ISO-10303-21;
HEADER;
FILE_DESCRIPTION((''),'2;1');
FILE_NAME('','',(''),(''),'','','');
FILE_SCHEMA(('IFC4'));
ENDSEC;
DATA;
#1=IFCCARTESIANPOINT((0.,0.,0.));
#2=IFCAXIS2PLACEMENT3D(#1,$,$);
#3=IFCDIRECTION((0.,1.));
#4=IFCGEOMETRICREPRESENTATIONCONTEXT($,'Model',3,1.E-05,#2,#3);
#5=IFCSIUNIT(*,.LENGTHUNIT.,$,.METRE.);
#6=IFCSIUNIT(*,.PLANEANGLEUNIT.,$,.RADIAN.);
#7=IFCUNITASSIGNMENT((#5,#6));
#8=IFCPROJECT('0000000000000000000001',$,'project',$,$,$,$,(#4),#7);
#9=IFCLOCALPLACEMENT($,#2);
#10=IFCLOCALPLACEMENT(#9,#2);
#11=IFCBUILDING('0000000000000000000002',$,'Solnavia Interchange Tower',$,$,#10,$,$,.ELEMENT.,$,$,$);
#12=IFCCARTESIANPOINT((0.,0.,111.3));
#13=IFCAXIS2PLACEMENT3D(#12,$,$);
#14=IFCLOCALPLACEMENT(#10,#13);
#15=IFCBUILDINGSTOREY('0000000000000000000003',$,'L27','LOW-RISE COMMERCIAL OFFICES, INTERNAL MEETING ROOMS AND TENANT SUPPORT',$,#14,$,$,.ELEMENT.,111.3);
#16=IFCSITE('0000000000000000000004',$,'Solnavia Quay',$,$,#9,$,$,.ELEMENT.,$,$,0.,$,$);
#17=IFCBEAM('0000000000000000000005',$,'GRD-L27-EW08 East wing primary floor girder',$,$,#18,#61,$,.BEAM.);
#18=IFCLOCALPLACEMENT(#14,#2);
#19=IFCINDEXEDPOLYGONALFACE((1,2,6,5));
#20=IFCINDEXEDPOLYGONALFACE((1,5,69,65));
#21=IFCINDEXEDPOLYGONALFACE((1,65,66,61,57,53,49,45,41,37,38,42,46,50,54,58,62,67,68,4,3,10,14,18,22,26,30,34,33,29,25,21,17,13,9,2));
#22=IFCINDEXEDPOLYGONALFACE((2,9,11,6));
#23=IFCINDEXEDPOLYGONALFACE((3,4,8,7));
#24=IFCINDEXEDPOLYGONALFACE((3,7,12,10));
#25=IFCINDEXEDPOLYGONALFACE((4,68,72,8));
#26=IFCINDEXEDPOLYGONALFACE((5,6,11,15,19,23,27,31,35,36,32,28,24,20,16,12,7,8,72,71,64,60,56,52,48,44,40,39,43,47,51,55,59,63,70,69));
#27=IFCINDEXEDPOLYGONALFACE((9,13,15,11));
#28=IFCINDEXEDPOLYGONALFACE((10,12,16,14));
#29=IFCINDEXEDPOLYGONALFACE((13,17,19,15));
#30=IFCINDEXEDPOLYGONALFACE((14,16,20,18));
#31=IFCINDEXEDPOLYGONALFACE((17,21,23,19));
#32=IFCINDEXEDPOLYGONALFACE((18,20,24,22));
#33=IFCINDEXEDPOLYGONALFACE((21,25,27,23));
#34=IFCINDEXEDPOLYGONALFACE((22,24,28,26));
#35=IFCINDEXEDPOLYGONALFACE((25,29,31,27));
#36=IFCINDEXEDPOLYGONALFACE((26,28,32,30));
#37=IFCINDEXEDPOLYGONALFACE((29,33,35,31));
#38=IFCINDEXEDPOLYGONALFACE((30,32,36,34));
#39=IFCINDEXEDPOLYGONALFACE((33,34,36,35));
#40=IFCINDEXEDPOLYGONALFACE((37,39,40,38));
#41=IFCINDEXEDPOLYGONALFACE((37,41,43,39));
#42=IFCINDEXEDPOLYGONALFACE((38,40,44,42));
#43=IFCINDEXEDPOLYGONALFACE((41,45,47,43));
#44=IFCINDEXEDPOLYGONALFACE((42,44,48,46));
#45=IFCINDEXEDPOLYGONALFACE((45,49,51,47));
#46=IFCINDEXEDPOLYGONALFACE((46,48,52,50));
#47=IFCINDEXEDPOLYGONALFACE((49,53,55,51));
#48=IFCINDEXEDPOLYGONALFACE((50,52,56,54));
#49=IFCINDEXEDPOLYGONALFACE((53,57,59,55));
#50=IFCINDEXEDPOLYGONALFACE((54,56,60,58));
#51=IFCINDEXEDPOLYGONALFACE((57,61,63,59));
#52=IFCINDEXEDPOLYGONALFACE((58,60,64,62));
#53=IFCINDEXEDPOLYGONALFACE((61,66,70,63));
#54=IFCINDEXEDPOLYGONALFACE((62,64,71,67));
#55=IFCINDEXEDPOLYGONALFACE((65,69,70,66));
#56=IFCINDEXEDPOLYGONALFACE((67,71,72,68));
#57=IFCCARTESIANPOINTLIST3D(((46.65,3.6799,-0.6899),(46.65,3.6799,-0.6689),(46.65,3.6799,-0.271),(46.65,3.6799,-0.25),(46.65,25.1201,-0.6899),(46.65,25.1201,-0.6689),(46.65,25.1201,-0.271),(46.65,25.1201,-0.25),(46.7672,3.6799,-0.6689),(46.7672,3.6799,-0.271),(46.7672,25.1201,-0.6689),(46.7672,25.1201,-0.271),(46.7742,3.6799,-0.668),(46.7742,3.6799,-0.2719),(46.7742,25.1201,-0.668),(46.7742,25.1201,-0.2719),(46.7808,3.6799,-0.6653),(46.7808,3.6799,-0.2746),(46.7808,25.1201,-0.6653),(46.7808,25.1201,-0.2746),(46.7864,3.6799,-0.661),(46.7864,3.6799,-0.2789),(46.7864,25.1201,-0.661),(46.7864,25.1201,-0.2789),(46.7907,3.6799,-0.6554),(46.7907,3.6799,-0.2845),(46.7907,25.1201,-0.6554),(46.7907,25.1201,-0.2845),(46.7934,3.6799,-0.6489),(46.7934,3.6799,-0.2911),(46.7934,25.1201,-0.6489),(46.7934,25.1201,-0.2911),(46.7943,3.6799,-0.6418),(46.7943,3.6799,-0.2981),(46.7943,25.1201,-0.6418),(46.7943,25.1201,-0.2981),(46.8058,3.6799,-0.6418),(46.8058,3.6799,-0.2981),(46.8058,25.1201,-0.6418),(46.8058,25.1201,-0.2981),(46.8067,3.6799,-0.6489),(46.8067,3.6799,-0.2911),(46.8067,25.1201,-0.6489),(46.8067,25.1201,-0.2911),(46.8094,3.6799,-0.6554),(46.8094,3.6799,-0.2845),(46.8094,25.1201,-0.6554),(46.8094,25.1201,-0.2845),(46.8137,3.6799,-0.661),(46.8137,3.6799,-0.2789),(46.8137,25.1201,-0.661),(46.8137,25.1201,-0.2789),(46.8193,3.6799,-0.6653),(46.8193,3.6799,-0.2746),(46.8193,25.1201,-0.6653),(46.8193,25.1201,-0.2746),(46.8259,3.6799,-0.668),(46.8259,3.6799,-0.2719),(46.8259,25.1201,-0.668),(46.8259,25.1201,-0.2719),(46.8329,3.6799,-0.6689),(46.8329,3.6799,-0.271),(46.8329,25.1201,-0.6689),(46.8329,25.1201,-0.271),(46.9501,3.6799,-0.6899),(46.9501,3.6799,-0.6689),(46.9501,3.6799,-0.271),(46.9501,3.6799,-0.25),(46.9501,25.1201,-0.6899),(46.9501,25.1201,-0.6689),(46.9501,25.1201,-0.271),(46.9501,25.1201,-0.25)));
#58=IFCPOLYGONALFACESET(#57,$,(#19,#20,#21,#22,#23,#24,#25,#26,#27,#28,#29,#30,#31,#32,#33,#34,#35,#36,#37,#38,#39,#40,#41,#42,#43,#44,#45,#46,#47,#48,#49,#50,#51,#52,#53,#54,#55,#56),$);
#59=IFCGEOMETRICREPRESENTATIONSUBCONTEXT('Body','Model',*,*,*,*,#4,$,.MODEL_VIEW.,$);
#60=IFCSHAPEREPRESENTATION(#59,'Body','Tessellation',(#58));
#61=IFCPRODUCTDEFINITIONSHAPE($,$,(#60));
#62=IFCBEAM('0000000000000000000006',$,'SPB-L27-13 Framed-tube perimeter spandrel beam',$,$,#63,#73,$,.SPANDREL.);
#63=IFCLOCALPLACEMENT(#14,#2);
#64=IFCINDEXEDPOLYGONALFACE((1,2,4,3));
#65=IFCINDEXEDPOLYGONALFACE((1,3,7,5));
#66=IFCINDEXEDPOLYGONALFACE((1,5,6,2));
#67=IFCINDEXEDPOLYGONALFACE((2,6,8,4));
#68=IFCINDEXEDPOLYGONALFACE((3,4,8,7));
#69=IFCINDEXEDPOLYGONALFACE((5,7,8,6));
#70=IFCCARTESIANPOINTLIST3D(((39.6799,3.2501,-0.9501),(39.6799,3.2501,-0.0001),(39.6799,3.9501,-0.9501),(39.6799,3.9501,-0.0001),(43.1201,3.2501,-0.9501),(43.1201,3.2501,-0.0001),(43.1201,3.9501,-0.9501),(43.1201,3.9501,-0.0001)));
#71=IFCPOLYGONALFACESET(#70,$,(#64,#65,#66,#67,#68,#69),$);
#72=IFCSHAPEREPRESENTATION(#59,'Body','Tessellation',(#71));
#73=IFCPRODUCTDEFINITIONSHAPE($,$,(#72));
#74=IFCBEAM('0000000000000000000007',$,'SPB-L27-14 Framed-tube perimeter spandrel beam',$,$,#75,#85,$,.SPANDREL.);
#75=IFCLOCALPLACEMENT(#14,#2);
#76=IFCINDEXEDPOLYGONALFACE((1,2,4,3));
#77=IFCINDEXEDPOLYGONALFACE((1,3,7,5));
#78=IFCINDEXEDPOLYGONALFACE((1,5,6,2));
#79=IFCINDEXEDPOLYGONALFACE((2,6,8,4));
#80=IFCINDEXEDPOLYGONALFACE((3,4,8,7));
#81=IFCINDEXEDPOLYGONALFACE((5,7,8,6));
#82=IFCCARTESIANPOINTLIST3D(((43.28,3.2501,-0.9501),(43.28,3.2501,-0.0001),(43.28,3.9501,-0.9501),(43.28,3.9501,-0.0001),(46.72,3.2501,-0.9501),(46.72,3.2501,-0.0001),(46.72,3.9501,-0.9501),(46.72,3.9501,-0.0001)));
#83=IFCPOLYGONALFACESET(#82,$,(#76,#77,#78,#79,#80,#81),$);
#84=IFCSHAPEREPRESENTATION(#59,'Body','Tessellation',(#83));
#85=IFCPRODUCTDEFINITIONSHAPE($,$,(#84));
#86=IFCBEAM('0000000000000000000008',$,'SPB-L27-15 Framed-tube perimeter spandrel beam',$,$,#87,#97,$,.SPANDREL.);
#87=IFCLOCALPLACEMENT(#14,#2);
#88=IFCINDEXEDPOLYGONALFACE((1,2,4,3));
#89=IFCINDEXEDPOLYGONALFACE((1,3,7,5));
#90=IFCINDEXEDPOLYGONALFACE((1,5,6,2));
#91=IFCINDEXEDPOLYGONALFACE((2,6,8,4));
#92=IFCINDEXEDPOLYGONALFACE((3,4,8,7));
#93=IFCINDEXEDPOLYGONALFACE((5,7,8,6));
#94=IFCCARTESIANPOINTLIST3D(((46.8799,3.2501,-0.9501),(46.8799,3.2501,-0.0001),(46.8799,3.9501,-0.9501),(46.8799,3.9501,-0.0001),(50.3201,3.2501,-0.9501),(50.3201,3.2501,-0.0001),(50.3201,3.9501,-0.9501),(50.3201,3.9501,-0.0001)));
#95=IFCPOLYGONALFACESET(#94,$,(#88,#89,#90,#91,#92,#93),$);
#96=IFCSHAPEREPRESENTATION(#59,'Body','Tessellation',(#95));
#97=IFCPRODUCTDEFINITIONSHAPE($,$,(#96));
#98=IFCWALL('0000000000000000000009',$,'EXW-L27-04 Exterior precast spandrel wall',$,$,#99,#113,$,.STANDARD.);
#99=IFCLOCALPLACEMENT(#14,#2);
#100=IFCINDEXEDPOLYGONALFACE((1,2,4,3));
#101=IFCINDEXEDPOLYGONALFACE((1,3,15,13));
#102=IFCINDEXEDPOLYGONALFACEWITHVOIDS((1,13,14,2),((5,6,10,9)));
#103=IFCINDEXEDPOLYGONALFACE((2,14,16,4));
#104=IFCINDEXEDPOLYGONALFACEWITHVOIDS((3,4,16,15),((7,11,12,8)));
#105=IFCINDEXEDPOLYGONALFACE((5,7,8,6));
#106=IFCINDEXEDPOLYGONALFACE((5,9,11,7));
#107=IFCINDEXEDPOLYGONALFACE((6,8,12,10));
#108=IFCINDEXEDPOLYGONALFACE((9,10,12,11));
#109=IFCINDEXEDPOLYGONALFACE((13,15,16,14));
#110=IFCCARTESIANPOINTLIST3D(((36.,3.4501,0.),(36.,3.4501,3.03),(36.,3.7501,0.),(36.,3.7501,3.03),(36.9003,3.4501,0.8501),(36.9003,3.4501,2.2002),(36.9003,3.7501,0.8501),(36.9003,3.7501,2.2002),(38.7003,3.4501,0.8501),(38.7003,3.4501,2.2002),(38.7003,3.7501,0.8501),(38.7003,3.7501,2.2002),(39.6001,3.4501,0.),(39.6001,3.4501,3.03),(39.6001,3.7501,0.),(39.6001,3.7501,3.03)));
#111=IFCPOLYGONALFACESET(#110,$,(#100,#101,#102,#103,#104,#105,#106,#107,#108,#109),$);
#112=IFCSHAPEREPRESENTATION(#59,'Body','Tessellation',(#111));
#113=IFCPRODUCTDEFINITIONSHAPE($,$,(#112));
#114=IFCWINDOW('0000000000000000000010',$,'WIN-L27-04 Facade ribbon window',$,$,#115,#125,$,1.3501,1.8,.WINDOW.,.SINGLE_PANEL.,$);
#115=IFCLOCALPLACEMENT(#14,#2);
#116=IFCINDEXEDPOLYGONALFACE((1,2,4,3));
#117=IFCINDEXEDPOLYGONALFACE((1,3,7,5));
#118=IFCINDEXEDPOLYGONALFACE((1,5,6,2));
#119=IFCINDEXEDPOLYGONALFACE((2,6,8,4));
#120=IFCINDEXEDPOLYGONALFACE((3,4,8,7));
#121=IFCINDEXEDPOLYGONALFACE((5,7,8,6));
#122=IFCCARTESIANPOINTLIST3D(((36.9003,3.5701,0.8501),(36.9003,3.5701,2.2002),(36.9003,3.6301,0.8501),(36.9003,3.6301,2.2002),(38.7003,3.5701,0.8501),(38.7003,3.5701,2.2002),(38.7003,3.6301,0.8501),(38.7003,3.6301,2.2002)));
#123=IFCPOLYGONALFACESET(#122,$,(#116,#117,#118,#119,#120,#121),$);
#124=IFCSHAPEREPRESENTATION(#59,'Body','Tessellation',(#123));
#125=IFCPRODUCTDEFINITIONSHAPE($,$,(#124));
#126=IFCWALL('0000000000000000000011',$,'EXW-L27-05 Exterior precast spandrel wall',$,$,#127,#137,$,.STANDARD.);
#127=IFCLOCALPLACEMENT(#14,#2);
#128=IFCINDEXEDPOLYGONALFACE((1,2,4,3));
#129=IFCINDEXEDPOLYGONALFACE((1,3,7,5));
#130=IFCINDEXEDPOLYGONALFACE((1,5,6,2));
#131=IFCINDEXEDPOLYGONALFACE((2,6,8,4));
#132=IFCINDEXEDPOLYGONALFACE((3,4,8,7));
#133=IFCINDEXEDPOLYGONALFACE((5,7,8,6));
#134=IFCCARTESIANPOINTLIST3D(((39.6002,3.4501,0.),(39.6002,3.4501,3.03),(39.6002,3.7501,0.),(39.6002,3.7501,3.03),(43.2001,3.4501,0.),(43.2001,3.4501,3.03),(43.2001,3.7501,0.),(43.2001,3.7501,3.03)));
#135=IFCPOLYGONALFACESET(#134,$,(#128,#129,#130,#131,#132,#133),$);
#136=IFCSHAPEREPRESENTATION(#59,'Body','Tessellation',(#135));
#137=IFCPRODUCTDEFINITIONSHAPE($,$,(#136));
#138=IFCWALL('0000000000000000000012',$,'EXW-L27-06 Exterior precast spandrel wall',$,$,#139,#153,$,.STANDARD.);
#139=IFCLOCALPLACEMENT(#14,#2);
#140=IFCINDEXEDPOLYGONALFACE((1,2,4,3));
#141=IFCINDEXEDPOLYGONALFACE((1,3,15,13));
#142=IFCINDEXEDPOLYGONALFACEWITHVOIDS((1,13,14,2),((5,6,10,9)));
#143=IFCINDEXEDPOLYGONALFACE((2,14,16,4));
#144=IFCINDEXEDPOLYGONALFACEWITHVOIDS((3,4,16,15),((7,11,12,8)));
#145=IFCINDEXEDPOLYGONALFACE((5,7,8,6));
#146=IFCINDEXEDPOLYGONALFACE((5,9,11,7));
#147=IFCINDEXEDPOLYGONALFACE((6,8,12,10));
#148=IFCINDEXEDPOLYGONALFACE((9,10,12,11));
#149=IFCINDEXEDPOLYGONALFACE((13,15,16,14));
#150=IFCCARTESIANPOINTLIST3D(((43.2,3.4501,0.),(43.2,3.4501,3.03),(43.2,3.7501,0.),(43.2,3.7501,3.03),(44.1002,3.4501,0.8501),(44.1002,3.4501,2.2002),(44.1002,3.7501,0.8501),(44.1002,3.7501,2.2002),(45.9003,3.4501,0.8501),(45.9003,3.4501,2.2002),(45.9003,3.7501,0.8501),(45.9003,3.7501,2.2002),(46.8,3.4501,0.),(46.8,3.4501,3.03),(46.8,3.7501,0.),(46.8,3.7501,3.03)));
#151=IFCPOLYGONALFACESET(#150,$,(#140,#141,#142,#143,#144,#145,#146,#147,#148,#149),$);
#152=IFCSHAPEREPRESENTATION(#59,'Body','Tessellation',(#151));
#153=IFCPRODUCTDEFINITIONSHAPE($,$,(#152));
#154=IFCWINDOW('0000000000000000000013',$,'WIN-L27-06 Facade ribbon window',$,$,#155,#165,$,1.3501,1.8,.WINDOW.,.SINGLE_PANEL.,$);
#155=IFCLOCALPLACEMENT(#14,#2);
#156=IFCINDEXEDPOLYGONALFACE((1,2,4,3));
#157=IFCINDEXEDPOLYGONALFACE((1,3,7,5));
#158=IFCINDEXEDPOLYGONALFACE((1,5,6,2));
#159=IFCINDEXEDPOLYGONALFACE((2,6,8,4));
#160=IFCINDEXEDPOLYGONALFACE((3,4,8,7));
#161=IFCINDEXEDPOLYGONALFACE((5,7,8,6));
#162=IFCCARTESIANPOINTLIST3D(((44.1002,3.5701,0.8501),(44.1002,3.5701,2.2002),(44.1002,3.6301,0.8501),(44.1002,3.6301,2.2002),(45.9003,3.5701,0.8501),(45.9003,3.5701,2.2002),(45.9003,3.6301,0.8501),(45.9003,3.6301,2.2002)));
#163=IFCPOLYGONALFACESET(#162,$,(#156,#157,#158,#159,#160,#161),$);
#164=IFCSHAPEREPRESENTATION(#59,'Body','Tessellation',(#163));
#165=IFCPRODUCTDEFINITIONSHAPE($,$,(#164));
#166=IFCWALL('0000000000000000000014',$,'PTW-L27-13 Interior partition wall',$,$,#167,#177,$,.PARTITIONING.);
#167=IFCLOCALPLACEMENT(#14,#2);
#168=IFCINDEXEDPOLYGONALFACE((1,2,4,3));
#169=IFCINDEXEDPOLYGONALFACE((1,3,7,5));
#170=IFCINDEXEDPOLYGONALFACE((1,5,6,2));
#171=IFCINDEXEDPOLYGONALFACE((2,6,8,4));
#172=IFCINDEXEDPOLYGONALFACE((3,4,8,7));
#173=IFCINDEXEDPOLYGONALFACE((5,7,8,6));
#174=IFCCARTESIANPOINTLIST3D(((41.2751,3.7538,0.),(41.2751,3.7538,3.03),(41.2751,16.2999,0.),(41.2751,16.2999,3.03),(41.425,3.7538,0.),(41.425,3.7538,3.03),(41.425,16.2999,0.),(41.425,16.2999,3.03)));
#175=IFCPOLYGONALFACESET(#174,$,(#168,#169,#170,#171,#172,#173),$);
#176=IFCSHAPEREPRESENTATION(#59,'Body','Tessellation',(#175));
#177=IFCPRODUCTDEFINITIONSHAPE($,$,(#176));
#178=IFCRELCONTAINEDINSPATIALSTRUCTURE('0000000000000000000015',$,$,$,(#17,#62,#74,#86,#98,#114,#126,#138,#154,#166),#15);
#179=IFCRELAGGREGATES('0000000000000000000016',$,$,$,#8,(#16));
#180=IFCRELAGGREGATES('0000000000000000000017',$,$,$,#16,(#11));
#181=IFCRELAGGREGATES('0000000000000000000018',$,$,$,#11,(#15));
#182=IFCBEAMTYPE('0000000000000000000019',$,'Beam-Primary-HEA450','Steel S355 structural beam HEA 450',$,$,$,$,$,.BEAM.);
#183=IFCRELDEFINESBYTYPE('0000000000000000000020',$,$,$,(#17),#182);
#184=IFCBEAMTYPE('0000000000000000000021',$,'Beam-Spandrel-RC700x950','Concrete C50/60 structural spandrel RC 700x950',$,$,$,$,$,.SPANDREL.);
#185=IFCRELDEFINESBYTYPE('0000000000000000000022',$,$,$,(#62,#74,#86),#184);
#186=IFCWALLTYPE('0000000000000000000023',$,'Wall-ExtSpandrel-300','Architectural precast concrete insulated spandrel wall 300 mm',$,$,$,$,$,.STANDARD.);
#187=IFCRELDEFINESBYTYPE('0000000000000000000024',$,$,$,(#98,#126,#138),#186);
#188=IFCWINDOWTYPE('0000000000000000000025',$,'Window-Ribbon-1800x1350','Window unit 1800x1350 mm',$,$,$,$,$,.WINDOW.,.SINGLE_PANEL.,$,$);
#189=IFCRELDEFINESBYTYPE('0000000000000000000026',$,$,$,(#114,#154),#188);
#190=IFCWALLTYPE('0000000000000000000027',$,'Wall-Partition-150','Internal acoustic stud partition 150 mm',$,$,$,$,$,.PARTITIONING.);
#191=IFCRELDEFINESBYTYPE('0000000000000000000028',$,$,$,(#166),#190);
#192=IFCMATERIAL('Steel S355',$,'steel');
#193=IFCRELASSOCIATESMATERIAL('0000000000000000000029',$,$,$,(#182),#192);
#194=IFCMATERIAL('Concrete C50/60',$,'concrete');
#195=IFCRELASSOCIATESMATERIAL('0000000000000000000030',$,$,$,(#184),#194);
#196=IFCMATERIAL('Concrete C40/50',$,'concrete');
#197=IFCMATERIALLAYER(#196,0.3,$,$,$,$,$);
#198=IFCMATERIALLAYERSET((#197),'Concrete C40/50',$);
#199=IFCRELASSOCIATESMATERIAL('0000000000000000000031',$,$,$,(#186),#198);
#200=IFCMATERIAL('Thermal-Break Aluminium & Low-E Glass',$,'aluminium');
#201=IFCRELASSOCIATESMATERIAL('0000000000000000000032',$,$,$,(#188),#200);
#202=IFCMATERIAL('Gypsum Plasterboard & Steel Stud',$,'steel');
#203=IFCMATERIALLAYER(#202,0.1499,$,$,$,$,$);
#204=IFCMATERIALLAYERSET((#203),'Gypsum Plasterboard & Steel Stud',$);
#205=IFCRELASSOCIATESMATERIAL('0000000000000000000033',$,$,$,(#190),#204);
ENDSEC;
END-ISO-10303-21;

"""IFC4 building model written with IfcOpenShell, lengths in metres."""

from ifc_helpers import new_model, si_unit, direction, frame, frame_2d, origin, origin_2d, place, context, subcontext, project, spatial, rectangle, i_section, extrude, material, layer, layer_set, material_profile, profile_set, type_object, element, fill, save


model = new_model("IFC4")

# Units and contexts
model_context = context("Model", 3, precision=1e-05, world=origin(), true_north=direction((0.0, 1.0)))
body_context = subcontext(model_context, "Body", "Model", "MODEL_VIEW")
ifc_project = project(units=[si_unit("LENGTHUNIT", "METRE"), si_unit("PLANEANGLEUNIT", "RADIAN")], contexts=[model_context])

# Site, building, storey
site_placement = place(None, origin())
site = spatial("IfcSite", under=ifc_project, at=site_placement, Name="Solnavia Quay", CompositionType="ELEMENT", RefElevation=0.0)
building_placement = place(site_placement, origin())
building = spatial("IfcBuilding", under=site, at=building_placement, Name="Solnavia Interchange Tower", CompositionType="ELEMENT")
storey_placement = place(building_placement, frame((0.0, 0.0, 111.3)))
storey = spatial("IfcBuildingStorey", under=building, at=storey_placement, Name="L27", Description="LOW-RISE COMMERCIAL OFFICES, INTERNAL MEETING ROOMS AND TENANT SUPPORT", CompositionType="ELEMENT", Elevation=111.3)

# Shared definitions
ifc_material_1 = material(Name="Concrete C50/60", Category="concrete")
ifc_material_2 = material(Name="Steel S355", Category="steel")

# Beams
ifc_material_profile_1 = material_profile(ifc_material_2, i_section(OverallWidth=0.3, OverallDepth=0.4399, WebThickness=0.0115, FlangeThickness=0.021, FilletRadius=0.0271, at=origin_2d()), Name="HEA 450")
ifc_profile_set_1 = profile_set([ifc_material_profile_1], Name="Steel S355")
beam_type_1 = type_object("IfcBeamType", Name="Beam-Primary-HEA450", Description="Steel S355 structural beam HEA 450", PredefinedType="BEAM", material=ifc_profile_set_1)
for number, where, z_axis, x_axis, name in (
    (1, (46.8, 3.6799, -0.47), (0.0, 1.0, 0.0), (-1.0, 0.0, 0.0), "GRD-L27-EW08 East wing primary floor girder"),
):
    element("IfcBeam", number, at=place(storey_placement, frame(where, z_axis=z_axis, x_axis=x_axis)), inside=storey, type_object=beam_type_1, Name=name, PredefinedType="BEAM", context=body_context, shape_type="SweptSolid", body=[
        extrude(i_section(OverallWidth=0.3, OverallDepth=0.4399, WebThickness=0.0115, FlangeThickness=0.021, FilletRadius=0.0271, at=origin_2d()), origin(), (0.0, 0.0, 1.0), 21.4402),
    ])
ifc_material_profile_2 = material_profile(ifc_material_1, rectangle(XDim=0.7, YDim=0.95, at=origin_2d()), Name="RC 700x950")
ifc_profile_set_2 = profile_set([ifc_material_profile_2], Name="Concrete C50/60")
beam_type_2 = type_object("IfcBeamType", Name="Beam-Spandrel-RC700x950", Description="Concrete C50/60 structural spandrel RC 700x950", PredefinedType="SPANDREL", material=ifc_profile_set_2)
beam_1_placement = place(storey_placement, frame((39.6799, 3.6001, -0.4751), z_axis=(1.0, 0.0, 0.0), x_axis=(0.0, 1.0, 0.0)))
element("IfcBeam", 2, at=beam_1_placement, inside=storey, type_object=beam_type_2, Name="SPB-L27-13 Framed-tube perimeter spandrel beam", PredefinedType="SPANDREL", context=body_context, shape_type="SweptSolid", body=[
    extrude(rectangle(XDim=0.7, YDim=0.95, at=origin_2d()), origin(), (0.0, 0.0, 1.0), 3.4402),
])
beam_2_placement = place(storey_placement, frame((43.28, 3.6001, -0.4751), z_axis=(1.0, 0.0, 0.0), x_axis=(0.0, 1.0, 0.0)))
element("IfcBeam", 3, at=beam_2_placement, inside=storey, type_object=beam_type_2, Name="SPB-L27-14 Framed-tube perimeter spandrel beam", PredefinedType="SPANDREL", context=body_context, shape_type="SweptSolid", body=[
    extrude(rectangle(XDim=0.7, YDim=0.95, at=origin_2d()), origin(), (0.0, 0.0, 1.0), 3.4399),
])
beam_3_placement = place(storey_placement, frame((46.8799, 3.6001, -0.4751), z_axis=(1.0, 0.0, 0.0), x_axis=(0.0, 1.0, 0.0)))
element("IfcBeam", 4, at=beam_3_placement, inside=storey, type_object=beam_type_2, Name="SPB-L27-15 Framed-tube perimeter spandrel beam", PredefinedType="SPANDREL", context=body_context, shape_type="SweptSolid", body=[
    extrude(rectangle(XDim=0.7, YDim=0.95, at=origin_2d()), origin(), (0.0, 0.0, 1.0), 3.4402),
])

# Wall, opening, window
ifc_material_3 = material(Name="Concrete C40/50", Category="concrete")
ifc_layer_1 = layer(ifc_material_3, 0.3)
ifc_layer_set_1 = layer_set([ifc_layer_1], Name="Concrete C40/50")
wall_type_1 = type_object("IfcWallType", Name="Wall-ExtSpandrel-300", Description="Architectural precast concrete insulated spandrel wall 300 mm", PredefinedType="STANDARD", material=ifc_layer_set_1)
wall_1_placement = place(storey_placement, frame((39.6001, 3.6001, 0.0), z_axis=(0.0, 0.0, 1.0), x_axis=(-1.0, 0.0, 0.0)))
wall_1 = element("IfcWall", 5, at=wall_1_placement, inside=storey, type_object=wall_type_1, Name="EXW-L27-04 Exterior precast spandrel wall", PredefinedType="STANDARD", context=body_context, shape_type="SweptSolid", body=[
    extrude(rectangle(XDim=3.6001, YDim=0.3, at=frame_2d((1.8, 0.0))), origin(), (0.0, 0.0, 1.0), 3.03),
])
opening_1_placement = place(wall_1_placement, frame((0.8999, 0.0, 0.8501)))
opening_1 = element("IfcOpeningElement", 6, at=opening_1_placement, cuts=wall_1, PredefinedType="OPENING", context=body_context, shape_type="SweptSolid", body=[
    extrude(rectangle(XDim=1.8, YDim=1.3501, at=frame_2d((0.8999, 0.675))), frame((0.0, 0.1602, 0.0), z_axis=(0.0, -1.0, 0.0), x_axis=(1.0, 0.0, 0.0)), (0.0, 0.0, 1.0), 0.3201),
])
ifc_material_4 = material(Name="Thermal-Break Aluminium & Low-E Glass", Category="aluminium")
window_type = type_object("IfcWindowType", Name="Window-Ribbon-1800x1350", Description="Window unit 1800x1350 mm", PartitioningType="SINGLE_PANEL", PredefinedType="WINDOW", material=ifc_material_4)
window_1_placement = place(opening_1_placement, origin())
window_1 = element("IfcWindow", 7, at=window_1_placement, inside=storey, type_object=window_type, Name="WIN-L27-04 Facade ribbon window", OverallHeight=1.3501, OverallWidth=1.8, PartitioningType="SINGLE_PANEL", PredefinedType="WINDOW", context=body_context, shape_type="SweptSolid", body=[
    extrude(rectangle(XDim=1.8, YDim=1.3501, at=frame_2d((0.8999, 0.675))), frame((0.0, 0.03, 0.0), z_axis=(0.0, -1.0, 0.0), x_axis=(1.0, 0.0, 0.0)), (0.0, 0.0, 1.0), 0.0601),
])
fill(opening_1, window_1)

# Wall
wall_2_placement = place(storey_placement, frame((43.2, 3.6001, 0.0), z_axis=(0.0, 0.0, 1.0), x_axis=(-1.0, 0.0, 0.0)))
element("IfcWall", 8, at=wall_2_placement, inside=storey, type_object=wall_type_1, Name="EXW-L27-05 Exterior precast spandrel wall", PredefinedType="STANDARD", context=body_context, shape_type="SweptSolid", body=[
    extrude(rectangle(XDim=3.5999, YDim=0.3, at=frame_2d((1.7998, 0.0))), origin(), (0.0, 0.0, 1.0), 3.03),
])

# Wall, opening, window
wall_3_placement = place(storey_placement, frame((46.8, 3.6001, 0.0), z_axis=(0.0, 0.0, 1.0), x_axis=(-1.0, 0.0, 0.0)))
wall_3 = element("IfcWall", 9, at=wall_3_placement, inside=storey, type_object=wall_type_1, Name="EXW-L27-06 Exterior precast spandrel wall", PredefinedType="STANDARD", context=body_context, shape_type="SweptSolid", body=[
    extrude(rectangle(XDim=3.6001, YDim=0.3, at=frame_2d((1.8, 0.0))), origin(), (0.0, 0.0, 1.0), 3.03),
])
opening_2_placement = place(wall_3_placement, frame((0.8999, 0.0, 0.8501)))
opening_2 = element("IfcOpeningElement", 10, at=opening_2_placement, cuts=wall_3, PredefinedType="OPENING", context=body_context, shape_type="SweptSolid", body=[
    extrude(rectangle(XDim=1.8, YDim=1.3501, at=frame_2d((0.8999, 0.675))), frame((0.0, 0.1602, 0.0), z_axis=(0.0, -1.0, 0.0), x_axis=(1.0, 0.0, 0.0)), (0.0, 0.0, 1.0), 0.3201),
])
window_2_placement = place(opening_2_placement, origin())
window_2 = element("IfcWindow", 11, at=window_2_placement, inside=storey, type_object=window_type, Name="WIN-L27-06 Facade ribbon window", OverallHeight=1.3501, OverallWidth=1.8, PartitioningType="SINGLE_PANEL", PredefinedType="WINDOW", context=body_context, shape_type="SweptSolid", body=[
    extrude(rectangle(XDim=1.8, YDim=1.3501, at=frame_2d((0.8999, 0.675))), frame((0.0, 0.03, 0.0), z_axis=(0.0, -1.0, 0.0), x_axis=(1.0, 0.0, 0.0)), (0.0, 0.0, 1.0), 0.0601),
])
fill(opening_2, window_2)

# Wall
ifc_material_5 = material(Name="Gypsum Plasterboard & Steel Stud", Category="steel")
ifc_layer_2 = layer(ifc_material_5, 0.1499)
ifc_layer_set_2 = layer_set([ifc_layer_2], Name="Gypsum Plasterboard & Steel Stud")
wall_type_2 = type_object("IfcWallType", Name="Wall-Partition-150", Description="Internal acoustic stud partition 150 mm", PredefinedType="PARTITIONING", material=ifc_layer_set_2)
wall_4_placement = place(storey_placement, frame((41.3501, 3.7539, 0.0), z_axis=(0.0, 0.0, 1.0), x_axis=(0.0, 1.0, 0.0)))
element("IfcWall", 12, at=wall_4_placement, inside=storey, type_object=wall_type_2, Name="PTW-L27-13 Interior partition wall", PredefinedType="PARTITIONING", context=body_context, shape_type="SweptSolid", body=[
    extrude(rectangle(XDim=12.5461, YDim=0.1499, at=frame_2d((6.2729, 0.0))), origin(), (0.0, 0.0, 1.0), 3.03),
])

save(model, "model.ifc")
